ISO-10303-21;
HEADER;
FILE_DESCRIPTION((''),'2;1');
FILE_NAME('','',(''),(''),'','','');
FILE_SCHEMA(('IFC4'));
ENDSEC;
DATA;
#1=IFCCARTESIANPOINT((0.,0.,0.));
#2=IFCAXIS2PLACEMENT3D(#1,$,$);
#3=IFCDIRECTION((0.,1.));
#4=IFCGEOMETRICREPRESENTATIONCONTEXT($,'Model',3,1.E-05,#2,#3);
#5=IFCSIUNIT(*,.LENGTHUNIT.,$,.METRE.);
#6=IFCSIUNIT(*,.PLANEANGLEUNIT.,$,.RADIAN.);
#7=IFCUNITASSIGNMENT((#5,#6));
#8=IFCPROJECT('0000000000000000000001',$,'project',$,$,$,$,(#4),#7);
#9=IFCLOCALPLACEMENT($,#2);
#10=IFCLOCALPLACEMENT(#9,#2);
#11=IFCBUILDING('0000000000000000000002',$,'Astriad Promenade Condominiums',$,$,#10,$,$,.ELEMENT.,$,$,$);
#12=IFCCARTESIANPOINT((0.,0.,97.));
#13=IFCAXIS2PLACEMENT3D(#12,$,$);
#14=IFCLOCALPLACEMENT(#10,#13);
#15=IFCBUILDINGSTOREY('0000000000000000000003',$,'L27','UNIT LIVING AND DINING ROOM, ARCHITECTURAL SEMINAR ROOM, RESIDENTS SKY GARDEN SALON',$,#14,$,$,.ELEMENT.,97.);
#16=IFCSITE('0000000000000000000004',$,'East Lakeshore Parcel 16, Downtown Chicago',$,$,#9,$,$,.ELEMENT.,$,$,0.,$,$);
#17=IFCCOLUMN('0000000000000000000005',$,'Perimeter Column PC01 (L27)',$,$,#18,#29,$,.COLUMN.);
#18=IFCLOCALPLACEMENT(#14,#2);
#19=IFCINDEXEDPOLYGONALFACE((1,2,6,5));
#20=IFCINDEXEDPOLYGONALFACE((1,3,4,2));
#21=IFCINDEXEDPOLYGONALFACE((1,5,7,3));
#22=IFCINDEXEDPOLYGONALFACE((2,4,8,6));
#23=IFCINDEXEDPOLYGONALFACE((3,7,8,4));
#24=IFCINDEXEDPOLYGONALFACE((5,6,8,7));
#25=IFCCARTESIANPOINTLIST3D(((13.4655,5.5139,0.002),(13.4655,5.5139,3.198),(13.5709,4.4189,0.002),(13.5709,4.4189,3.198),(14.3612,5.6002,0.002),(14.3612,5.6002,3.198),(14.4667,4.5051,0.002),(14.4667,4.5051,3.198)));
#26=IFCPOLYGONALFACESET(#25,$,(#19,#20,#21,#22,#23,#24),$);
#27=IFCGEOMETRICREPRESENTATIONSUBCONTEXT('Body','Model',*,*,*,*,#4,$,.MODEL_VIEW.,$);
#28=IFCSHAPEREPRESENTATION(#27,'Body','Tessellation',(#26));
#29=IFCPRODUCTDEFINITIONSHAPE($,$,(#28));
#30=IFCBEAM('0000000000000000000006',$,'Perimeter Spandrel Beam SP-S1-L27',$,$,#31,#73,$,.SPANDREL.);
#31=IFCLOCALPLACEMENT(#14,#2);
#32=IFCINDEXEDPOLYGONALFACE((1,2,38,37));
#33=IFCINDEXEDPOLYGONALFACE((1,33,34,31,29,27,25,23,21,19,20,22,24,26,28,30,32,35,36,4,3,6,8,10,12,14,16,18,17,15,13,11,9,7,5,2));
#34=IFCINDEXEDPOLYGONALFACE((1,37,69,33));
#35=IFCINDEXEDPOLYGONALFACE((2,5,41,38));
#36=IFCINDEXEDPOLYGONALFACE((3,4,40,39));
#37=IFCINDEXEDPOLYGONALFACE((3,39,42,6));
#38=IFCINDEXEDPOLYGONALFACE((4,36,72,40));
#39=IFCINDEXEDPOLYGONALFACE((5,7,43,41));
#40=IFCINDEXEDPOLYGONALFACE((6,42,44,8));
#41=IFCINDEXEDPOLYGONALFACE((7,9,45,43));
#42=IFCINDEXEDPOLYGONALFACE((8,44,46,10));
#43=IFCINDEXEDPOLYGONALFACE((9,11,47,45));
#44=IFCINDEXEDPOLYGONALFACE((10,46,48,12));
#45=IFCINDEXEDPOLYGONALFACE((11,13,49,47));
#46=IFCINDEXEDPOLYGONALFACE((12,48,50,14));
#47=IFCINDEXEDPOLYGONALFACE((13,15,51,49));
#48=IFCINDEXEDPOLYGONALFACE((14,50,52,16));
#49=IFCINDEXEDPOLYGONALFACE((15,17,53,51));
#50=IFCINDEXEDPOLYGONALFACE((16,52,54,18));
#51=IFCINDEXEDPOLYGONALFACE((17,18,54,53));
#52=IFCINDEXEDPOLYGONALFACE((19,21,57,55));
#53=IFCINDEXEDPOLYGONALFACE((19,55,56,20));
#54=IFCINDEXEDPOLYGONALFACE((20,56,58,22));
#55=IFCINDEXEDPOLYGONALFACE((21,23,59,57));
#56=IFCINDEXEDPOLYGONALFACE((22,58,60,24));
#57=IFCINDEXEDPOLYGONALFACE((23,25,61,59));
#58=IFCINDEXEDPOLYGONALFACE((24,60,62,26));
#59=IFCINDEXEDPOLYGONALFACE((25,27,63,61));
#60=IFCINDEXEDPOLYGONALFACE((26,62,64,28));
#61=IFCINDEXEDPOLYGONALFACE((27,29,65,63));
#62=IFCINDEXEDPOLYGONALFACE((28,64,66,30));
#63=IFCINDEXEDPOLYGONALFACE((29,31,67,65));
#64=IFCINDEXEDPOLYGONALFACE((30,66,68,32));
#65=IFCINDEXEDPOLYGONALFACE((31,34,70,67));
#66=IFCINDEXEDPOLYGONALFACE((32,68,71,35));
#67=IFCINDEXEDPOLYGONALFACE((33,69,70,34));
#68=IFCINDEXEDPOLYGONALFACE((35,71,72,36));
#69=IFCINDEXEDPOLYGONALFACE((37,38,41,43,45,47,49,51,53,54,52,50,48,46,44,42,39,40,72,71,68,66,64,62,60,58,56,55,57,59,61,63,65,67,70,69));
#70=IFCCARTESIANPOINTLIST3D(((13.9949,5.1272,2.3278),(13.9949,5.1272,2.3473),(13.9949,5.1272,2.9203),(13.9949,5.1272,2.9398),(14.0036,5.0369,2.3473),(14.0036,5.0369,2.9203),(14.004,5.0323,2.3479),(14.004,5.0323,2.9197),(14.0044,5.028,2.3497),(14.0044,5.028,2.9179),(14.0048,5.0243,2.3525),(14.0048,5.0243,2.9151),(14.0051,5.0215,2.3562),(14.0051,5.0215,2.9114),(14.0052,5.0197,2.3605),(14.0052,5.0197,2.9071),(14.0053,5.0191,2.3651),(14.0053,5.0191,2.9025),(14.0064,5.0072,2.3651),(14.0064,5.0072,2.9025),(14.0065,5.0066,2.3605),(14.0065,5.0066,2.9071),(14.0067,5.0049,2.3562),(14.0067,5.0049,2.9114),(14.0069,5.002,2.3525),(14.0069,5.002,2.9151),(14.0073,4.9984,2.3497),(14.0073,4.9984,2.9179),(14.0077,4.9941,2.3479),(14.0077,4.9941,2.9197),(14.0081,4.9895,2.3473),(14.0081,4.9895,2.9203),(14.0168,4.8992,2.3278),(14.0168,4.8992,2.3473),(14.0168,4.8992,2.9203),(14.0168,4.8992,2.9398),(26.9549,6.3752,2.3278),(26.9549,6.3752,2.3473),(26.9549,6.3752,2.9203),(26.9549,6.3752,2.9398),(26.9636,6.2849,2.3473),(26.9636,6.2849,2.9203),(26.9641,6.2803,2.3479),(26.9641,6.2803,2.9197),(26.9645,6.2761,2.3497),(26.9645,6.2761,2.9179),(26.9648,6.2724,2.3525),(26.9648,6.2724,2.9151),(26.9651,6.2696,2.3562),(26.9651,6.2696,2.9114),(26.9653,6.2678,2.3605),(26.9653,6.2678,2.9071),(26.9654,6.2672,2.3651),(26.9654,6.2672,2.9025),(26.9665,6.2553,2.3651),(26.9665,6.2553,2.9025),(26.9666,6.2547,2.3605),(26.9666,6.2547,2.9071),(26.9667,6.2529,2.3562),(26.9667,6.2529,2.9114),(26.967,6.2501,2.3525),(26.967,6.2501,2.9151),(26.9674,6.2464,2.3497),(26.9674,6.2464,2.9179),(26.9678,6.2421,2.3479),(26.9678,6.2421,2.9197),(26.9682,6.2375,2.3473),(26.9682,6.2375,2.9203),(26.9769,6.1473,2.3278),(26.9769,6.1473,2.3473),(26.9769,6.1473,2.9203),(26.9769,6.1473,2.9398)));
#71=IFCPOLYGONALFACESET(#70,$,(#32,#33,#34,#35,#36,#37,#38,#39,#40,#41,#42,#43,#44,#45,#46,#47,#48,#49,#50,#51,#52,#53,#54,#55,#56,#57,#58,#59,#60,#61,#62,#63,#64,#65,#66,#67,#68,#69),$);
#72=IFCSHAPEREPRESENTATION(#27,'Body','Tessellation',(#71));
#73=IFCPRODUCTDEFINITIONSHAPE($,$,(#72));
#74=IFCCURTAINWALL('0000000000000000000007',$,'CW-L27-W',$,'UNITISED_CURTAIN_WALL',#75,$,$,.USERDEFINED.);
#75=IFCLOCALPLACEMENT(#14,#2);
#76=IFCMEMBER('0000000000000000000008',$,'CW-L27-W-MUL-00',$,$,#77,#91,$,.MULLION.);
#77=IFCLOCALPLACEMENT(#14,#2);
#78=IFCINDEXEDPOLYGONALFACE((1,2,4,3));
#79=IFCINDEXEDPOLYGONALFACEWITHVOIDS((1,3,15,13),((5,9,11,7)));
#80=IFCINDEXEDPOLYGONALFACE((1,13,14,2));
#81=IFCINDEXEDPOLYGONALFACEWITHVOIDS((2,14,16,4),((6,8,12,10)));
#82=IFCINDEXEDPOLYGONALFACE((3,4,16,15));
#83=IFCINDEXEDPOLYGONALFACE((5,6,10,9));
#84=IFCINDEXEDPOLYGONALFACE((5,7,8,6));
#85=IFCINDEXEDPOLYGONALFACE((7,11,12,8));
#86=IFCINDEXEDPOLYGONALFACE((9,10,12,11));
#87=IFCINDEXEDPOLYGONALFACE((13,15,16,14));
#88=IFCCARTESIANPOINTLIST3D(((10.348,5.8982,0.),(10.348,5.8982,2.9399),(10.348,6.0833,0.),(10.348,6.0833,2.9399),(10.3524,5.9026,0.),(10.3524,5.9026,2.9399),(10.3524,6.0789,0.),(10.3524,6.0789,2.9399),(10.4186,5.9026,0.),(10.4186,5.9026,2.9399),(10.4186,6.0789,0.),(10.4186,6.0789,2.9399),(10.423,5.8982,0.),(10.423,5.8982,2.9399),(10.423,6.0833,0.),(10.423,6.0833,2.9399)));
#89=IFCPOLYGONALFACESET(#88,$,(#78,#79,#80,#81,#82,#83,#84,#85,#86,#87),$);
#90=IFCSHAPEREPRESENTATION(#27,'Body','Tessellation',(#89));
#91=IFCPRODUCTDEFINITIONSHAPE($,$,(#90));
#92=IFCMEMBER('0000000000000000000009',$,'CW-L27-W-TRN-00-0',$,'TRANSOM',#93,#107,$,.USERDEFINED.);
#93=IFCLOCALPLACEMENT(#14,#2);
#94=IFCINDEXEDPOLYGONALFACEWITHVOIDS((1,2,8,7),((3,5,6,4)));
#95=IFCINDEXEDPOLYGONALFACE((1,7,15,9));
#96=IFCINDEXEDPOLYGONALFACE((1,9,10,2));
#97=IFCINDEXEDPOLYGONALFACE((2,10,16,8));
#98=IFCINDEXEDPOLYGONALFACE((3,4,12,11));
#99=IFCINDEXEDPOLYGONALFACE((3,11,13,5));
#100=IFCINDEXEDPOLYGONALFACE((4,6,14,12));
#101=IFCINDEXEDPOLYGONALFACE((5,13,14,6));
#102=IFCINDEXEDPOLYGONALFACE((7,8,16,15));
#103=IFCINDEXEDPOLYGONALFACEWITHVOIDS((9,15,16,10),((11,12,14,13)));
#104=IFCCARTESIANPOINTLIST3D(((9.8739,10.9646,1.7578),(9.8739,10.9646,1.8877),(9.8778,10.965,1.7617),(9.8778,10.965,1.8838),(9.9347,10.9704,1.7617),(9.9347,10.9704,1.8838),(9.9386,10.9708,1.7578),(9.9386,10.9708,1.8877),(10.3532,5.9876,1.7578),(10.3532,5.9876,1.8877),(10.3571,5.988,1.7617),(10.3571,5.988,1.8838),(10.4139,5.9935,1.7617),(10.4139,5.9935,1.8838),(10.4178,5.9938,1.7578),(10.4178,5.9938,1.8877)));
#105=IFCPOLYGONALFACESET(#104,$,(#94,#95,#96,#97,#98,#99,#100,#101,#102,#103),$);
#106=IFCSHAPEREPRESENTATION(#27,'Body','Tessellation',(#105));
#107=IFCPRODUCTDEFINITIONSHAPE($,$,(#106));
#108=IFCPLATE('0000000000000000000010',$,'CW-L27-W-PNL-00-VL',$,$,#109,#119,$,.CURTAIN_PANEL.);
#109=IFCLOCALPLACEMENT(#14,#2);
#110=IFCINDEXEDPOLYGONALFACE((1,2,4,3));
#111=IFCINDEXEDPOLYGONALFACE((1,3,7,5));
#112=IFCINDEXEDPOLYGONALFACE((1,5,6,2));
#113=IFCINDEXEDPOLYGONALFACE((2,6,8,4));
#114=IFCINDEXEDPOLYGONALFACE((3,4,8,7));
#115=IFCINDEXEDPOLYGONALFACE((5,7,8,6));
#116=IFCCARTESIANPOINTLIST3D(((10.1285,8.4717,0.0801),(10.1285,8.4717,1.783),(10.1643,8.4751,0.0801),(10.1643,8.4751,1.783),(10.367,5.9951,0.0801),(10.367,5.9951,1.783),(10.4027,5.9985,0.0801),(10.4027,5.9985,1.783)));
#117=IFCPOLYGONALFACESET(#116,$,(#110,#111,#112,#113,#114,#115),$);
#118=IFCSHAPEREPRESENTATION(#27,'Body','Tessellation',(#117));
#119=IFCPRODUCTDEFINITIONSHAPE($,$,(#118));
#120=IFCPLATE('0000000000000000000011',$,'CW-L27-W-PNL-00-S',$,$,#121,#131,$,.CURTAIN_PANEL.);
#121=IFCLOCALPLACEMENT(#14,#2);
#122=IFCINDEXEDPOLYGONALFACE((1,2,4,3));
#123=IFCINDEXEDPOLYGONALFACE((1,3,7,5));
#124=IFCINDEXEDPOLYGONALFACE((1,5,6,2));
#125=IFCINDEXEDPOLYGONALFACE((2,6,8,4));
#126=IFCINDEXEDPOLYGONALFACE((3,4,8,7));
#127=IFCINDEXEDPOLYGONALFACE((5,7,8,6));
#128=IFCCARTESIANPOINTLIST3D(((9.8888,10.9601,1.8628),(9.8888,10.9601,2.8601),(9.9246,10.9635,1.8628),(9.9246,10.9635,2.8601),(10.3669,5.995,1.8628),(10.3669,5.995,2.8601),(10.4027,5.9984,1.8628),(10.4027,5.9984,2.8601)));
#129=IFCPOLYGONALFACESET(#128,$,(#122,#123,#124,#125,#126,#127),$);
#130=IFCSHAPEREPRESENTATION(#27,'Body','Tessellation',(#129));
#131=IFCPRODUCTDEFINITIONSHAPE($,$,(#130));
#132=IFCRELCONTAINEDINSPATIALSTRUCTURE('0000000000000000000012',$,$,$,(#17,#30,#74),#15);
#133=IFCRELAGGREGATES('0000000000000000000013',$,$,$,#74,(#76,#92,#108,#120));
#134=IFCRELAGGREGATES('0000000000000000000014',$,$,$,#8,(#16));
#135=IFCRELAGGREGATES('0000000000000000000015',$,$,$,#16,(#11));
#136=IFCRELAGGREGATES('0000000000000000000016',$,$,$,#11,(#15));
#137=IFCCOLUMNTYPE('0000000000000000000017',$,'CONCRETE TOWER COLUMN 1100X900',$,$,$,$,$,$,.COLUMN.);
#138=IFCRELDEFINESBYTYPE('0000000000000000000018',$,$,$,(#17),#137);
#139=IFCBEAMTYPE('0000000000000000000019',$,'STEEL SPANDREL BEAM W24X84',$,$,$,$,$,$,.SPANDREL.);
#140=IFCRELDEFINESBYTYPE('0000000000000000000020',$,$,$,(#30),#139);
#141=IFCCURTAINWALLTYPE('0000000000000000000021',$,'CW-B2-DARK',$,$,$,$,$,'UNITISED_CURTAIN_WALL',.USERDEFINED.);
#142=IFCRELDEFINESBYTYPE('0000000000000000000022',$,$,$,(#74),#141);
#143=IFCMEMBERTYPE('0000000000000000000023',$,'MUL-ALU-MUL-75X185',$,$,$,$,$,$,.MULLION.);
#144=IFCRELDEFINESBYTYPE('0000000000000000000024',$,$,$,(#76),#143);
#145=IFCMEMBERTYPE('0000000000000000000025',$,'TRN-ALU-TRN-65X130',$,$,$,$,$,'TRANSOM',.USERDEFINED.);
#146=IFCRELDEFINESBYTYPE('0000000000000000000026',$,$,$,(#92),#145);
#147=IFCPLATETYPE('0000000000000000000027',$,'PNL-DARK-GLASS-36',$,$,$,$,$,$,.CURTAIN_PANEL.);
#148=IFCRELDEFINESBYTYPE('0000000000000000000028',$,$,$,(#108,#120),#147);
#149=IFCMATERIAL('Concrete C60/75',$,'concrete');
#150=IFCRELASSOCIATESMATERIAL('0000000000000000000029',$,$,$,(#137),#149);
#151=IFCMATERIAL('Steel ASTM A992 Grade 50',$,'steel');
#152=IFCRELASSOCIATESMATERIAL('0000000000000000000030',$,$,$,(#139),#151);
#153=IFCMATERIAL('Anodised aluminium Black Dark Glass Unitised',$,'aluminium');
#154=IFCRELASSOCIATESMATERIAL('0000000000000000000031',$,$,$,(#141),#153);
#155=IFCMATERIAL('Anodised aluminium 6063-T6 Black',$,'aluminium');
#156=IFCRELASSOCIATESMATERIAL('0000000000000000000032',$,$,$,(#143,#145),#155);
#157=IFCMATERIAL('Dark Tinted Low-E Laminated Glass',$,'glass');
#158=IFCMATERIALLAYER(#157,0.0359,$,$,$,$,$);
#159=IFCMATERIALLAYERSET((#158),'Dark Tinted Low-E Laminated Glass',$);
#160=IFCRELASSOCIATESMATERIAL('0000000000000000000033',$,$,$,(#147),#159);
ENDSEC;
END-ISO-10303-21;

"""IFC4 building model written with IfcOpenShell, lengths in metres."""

from ifc_helpers import new_model, si_unit, direction, frame, origin, origin_2d, place, context, subcontext, project, spatial, rectangle, hollow_rectangle, i_section, extrude, source, transform, mapped, material, layer, layer_set, material_profile, profile_set, type_object, type_shapes, element, aggregate, save


model = new_model("IFC4")

# Units and contexts
model_context = context("Model", 3, precision=1e-05, world=origin(), true_north=direction((0.0, 1.0)))
body_context = subcontext(model_context, "Body", "Model", "MODEL_VIEW")
ifc_project = project(units=[si_unit("LENGTHUNIT", "METRE"), si_unit("PLANEANGLEUNIT", "RADIAN")], contexts=[model_context])

# Site, building, storey
site_placement = place(None, origin())
site = spatial("IfcSite", under=ifc_project, at=site_placement, Name="East Lakeshore Parcel 16, Downtown Chicago", CompositionType="ELEMENT", RefElevation=0.0)
building_placement = place(site_placement, origin())
building = spatial("IfcBuilding", under=site, at=building_placement, Name="Astriad Promenade Condominiums", CompositionType="ELEMENT")
storey_placement = place(building_placement, frame((0.0, 0.0, 97.0)))
storey = spatial("IfcBuildingStorey", under=building, at=storey_placement, Name="L27", Description="UNIT LIVING AND DINING ROOM, ARCHITECTURAL SEMINAR ROOM, RESIDENTS SKY GARDEN SALON", CompositionType="ELEMENT", Elevation=97.0)

# Column
ifc_material_1 = material(Name="Concrete C60/75", Category="concrete")
ifc_material_profile_1 = material_profile(ifc_material_1, rectangle(XDim=0.8999, YDim=1.1001, at=origin_2d()), Name="RC-COL-1100X900")
ifc_profile_set_1 = profile_set([ifc_material_profile_1], Name="Concrete C60/75")
column_type = type_object("IfcColumnType", Name="CONCRETE TOWER COLUMN 1100X900", PredefinedType="COLUMN", material=ifc_profile_set_1)
shared_shape_1 = source(origin(), body_context, "Body", "SweptSolid", [
    extrude(rectangle(XDim=0.8999, YDim=1.1001, at=origin_2d()), origin(), (0.0, 0.0, 1.0), 3.196),
])
type_shapes(column_type, [shared_shape_1])
column_placement = place(storey_placement, frame((13.9661, 5.0095, 0.002), z_axis=(0.0, 0.0, 1.0), x_axis=(0.995396, 0.095846, 0.0)))
element("IfcColumn", 1, at=column_placement, inside=storey, type_object=column_type, Name="Perimeter Column PC01 (L27)", PredefinedType="COLUMN", context=body_context, shape_type="MappedRepresentation", body=[
    mapped(shared_shape_1, transform((0.0, 0.0, 0.0), scale=1.0)),
])

# Beam
ifc_material_2 = material(Name="Steel ASTM A992 Grade 50", Category="steel")
ifc_material_profile_2 = material_profile(ifc_material_2, i_section(OverallWidth=0.229, OverallDepth=0.6121, WebThickness=0.012, FlangeThickness=0.0195, FilletRadius=0.0178, at=origin_2d()), Name="W24X84")
ifc_profile_set_2 = profile_set([ifc_material_profile_2], Name="Steel ASTM A992 Grade 50")
beam_type = type_object("IfcBeamType", Name="STEEL SPANDREL BEAM W24X84", PredefinedType="SPANDREL", material=ifc_profile_set_2)
shared_shape_2 = source(origin(), body_context, "Body", "SweptSolid", [
    extrude(i_section(OverallWidth=0.229, OverallDepth=0.6121, WebThickness=0.012, FlangeThickness=0.0195, FilletRadius=0.0178, at=origin_2d()), origin(), (0.0, 0.0, 1.0), 13.02),
])
type_shapes(beam_type, [shared_shape_2])
beam_placement = place(storey_placement, frame((14.0059, 5.0132, 2.6338), z_axis=(0.995395, 0.095857, 0.0), x_axis=(-0.095857, 0.995395, 0.0)))
element("IfcBeam", 2, at=beam_placement, inside=storey, type_object=beam_type, Name="Perimeter Spandrel Beam SP-S1-L27", PredefinedType="SPANDREL", context=body_context, shape_type="MappedRepresentation", body=[
    mapped(shared_shape_2, transform((0.0, 0.0, 0.0), scale=1.0)),
])

# Curtain wall, members, plates
ifc_material_3 = material(Name="Anodised aluminium Black Dark Glass Unitised", Category="aluminium")
curtain_wall_type = type_object("IfcCurtainWallType", Name="CW-B2-DARK", ElementType="UNITISED_CURTAIN_WALL", PredefinedType="USERDEFINED", material=ifc_material_3)
curtain_wall_placement = place(storey_placement, origin())
curtain_wall = element("IfcCurtainWall", 3, at=curtain_wall_placement, inside=storey, type_object=curtain_wall_type, Name="CW-L27-W", ObjectType="UNITISED_CURTAIN_WALL", PredefinedType="USERDEFINED")
ifc_material_4 = material(Name="Anodised aluminium 6063-T6 Black", Category="aluminium")
ifc_material_profile_3 = material_profile(ifc_material_4, hollow_rectangle(XDim=0.075, YDim=0.1851, WallThickness=0.0044, at=origin_2d()), Name="ALU-MUL-75X185")
ifc_profile_set_3 = profile_set([ifc_material_profile_3], Name="Anodised aluminium 6063-T6 Black")
member_type_1 = type_object("IfcMemberType", Name="MUL-ALU-MUL-75X185", PredefinedType="MULLION", material=ifc_profile_set_3)
shared_shape_3 = source(origin(), body_context, "Body", "SweptSolid", [
    extrude(hollow_rectangle(XDim=0.075, YDim=0.1851, WallThickness=0.0044, at=origin_2d()), origin(), (0.0, 0.0, 1.0), 2.9399),
])
type_shapes(member_type_1, [shared_shape_3])
member_1_placement = place(storey_placement, frame((10.3855, 5.9907, 0.0), z_axis=(0.0, 0.0, 1.0), x_axis=(1.0, 0.0, 0.0)))
member_1 = element("IfcMember", 4, at=member_1_placement, type_object=member_type_1, Name="CW-L27-W-MUL-00", PredefinedType="MULLION", context=body_context, shape_type="MappedRepresentation", body=[
    mapped(shared_shape_3, transform((0.0, 0.0, 0.0), scale=1.0)),
])
ifc_material_profile_4 = material_profile(ifc_material_4, hollow_rectangle(XDim=0.0649, YDim=0.1299, WallThickness=0.0039, at=origin_2d()), Name="ALU-TRN-65X130")
ifc_profile_set_4 = profile_set([ifc_material_profile_4], Name="Anodised aluminium 6063-T6 Black")
member_type_2 = type_object("IfcMemberType", Name="TRN-ALU-TRN-65X130", ElementType="TRANSOM", PredefinedType="USERDEFINED", material=ifc_profile_set_4)
shared_shape_4 = source(origin(), body_context, "Body", "SweptSolid", [
    extrude(hollow_rectangle(XDim=0.0649, YDim=0.1299, WallThickness=0.0039, at=origin_2d()), origin(), (0.0, 0.0, 1.0), 5.0),
])
type_shapes(member_type_2, [shared_shape_4])
member_2_placement = place(storey_placement, frame((10.3855, 5.9907, 1.8228), z_axis=(-0.095848, 0.995396, 0.0), x_axis=(-0.995396, -0.095848, 0.0)))
member_2 = element("IfcMember", 5, at=member_2_placement, type_object=member_type_2, Name="CW-L27-W-TRN-00-0", ObjectType="TRANSOM", PredefinedType="USERDEFINED", context=body_context, shape_type="MappedRepresentation", body=[
    mapped(shared_shape_4, transform((0.0, 0.0, 0.0), scale=1.0)),
])
ifc_material_5 = material(Name="Dark Tinted Low-E Laminated Glass", Category="glass")
ifc_layer_1 = layer(ifc_material_5, 0.0359)
ifc_layer_set_1 = layer_set([ifc_layer_1], Name="Dark Tinted Low-E Laminated Glass")
plate_type = type_object("IfcPlateType", Name="PNL-DARK-GLASS-36", PredefinedType="CURTAIN_PANEL", material=ifc_layer_set_1)
shared_shape_5 = source(origin(), body_context, "Body", "SweptSolid", [
    extrude(rectangle(XDim=2.488, YDim=0.0359, at=origin_2d()), origin(), (0.0, 0.0, 1.0), 1.7029),
])
plate_1_placement = place(storey_placement, frame((10.2656, 7.2351, 0.0801), z_axis=(0.0, 0.0, 1.0), x_axis=(-0.095846, 0.995396, 0.0)))
plate_1 = element("IfcPlate", 6, at=plate_1_placement, type_object=plate_type, Name="CW-L27-W-PNL-00-VL", PredefinedType="CURTAIN_PANEL", context=body_context, shape_type="MappedRepresentation", body=[
    mapped(shared_shape_5, transform((0.0, 0.0, 0.0), scale=1.0)),
])
shared_shape_6 = source(origin(), body_context, "Body", "SweptSolid", [
    extrude(rectangle(XDim=4.988, YDim=0.0359, at=origin_2d()), origin(), (0.0, 0.0, 1.0), 0.9973),
])
type_shapes(plate_type, [shared_shape_5, shared_shape_6])
plate_2_placement = place(storey_placement, frame((10.1458, 8.4792, 1.8628), z_axis=(0.0, 0.0, 1.0), x_axis=(-0.095846, 0.995396, 0.0)))
plate_2 = element("IfcPlate", 7, at=plate_2_placement, type_object=plate_type, Name="CW-L27-W-PNL-00-S", PredefinedType="CURTAIN_PANEL", context=body_context, shape_type="MappedRepresentation", body=[
    mapped(shared_shape_6, transform((0.0, 0.0, 0.0), scale=1.0)),
])
aggregate(curtain_wall, [member_1, member_2, plate_1, plate_2])

save(model, "model.ifc")
